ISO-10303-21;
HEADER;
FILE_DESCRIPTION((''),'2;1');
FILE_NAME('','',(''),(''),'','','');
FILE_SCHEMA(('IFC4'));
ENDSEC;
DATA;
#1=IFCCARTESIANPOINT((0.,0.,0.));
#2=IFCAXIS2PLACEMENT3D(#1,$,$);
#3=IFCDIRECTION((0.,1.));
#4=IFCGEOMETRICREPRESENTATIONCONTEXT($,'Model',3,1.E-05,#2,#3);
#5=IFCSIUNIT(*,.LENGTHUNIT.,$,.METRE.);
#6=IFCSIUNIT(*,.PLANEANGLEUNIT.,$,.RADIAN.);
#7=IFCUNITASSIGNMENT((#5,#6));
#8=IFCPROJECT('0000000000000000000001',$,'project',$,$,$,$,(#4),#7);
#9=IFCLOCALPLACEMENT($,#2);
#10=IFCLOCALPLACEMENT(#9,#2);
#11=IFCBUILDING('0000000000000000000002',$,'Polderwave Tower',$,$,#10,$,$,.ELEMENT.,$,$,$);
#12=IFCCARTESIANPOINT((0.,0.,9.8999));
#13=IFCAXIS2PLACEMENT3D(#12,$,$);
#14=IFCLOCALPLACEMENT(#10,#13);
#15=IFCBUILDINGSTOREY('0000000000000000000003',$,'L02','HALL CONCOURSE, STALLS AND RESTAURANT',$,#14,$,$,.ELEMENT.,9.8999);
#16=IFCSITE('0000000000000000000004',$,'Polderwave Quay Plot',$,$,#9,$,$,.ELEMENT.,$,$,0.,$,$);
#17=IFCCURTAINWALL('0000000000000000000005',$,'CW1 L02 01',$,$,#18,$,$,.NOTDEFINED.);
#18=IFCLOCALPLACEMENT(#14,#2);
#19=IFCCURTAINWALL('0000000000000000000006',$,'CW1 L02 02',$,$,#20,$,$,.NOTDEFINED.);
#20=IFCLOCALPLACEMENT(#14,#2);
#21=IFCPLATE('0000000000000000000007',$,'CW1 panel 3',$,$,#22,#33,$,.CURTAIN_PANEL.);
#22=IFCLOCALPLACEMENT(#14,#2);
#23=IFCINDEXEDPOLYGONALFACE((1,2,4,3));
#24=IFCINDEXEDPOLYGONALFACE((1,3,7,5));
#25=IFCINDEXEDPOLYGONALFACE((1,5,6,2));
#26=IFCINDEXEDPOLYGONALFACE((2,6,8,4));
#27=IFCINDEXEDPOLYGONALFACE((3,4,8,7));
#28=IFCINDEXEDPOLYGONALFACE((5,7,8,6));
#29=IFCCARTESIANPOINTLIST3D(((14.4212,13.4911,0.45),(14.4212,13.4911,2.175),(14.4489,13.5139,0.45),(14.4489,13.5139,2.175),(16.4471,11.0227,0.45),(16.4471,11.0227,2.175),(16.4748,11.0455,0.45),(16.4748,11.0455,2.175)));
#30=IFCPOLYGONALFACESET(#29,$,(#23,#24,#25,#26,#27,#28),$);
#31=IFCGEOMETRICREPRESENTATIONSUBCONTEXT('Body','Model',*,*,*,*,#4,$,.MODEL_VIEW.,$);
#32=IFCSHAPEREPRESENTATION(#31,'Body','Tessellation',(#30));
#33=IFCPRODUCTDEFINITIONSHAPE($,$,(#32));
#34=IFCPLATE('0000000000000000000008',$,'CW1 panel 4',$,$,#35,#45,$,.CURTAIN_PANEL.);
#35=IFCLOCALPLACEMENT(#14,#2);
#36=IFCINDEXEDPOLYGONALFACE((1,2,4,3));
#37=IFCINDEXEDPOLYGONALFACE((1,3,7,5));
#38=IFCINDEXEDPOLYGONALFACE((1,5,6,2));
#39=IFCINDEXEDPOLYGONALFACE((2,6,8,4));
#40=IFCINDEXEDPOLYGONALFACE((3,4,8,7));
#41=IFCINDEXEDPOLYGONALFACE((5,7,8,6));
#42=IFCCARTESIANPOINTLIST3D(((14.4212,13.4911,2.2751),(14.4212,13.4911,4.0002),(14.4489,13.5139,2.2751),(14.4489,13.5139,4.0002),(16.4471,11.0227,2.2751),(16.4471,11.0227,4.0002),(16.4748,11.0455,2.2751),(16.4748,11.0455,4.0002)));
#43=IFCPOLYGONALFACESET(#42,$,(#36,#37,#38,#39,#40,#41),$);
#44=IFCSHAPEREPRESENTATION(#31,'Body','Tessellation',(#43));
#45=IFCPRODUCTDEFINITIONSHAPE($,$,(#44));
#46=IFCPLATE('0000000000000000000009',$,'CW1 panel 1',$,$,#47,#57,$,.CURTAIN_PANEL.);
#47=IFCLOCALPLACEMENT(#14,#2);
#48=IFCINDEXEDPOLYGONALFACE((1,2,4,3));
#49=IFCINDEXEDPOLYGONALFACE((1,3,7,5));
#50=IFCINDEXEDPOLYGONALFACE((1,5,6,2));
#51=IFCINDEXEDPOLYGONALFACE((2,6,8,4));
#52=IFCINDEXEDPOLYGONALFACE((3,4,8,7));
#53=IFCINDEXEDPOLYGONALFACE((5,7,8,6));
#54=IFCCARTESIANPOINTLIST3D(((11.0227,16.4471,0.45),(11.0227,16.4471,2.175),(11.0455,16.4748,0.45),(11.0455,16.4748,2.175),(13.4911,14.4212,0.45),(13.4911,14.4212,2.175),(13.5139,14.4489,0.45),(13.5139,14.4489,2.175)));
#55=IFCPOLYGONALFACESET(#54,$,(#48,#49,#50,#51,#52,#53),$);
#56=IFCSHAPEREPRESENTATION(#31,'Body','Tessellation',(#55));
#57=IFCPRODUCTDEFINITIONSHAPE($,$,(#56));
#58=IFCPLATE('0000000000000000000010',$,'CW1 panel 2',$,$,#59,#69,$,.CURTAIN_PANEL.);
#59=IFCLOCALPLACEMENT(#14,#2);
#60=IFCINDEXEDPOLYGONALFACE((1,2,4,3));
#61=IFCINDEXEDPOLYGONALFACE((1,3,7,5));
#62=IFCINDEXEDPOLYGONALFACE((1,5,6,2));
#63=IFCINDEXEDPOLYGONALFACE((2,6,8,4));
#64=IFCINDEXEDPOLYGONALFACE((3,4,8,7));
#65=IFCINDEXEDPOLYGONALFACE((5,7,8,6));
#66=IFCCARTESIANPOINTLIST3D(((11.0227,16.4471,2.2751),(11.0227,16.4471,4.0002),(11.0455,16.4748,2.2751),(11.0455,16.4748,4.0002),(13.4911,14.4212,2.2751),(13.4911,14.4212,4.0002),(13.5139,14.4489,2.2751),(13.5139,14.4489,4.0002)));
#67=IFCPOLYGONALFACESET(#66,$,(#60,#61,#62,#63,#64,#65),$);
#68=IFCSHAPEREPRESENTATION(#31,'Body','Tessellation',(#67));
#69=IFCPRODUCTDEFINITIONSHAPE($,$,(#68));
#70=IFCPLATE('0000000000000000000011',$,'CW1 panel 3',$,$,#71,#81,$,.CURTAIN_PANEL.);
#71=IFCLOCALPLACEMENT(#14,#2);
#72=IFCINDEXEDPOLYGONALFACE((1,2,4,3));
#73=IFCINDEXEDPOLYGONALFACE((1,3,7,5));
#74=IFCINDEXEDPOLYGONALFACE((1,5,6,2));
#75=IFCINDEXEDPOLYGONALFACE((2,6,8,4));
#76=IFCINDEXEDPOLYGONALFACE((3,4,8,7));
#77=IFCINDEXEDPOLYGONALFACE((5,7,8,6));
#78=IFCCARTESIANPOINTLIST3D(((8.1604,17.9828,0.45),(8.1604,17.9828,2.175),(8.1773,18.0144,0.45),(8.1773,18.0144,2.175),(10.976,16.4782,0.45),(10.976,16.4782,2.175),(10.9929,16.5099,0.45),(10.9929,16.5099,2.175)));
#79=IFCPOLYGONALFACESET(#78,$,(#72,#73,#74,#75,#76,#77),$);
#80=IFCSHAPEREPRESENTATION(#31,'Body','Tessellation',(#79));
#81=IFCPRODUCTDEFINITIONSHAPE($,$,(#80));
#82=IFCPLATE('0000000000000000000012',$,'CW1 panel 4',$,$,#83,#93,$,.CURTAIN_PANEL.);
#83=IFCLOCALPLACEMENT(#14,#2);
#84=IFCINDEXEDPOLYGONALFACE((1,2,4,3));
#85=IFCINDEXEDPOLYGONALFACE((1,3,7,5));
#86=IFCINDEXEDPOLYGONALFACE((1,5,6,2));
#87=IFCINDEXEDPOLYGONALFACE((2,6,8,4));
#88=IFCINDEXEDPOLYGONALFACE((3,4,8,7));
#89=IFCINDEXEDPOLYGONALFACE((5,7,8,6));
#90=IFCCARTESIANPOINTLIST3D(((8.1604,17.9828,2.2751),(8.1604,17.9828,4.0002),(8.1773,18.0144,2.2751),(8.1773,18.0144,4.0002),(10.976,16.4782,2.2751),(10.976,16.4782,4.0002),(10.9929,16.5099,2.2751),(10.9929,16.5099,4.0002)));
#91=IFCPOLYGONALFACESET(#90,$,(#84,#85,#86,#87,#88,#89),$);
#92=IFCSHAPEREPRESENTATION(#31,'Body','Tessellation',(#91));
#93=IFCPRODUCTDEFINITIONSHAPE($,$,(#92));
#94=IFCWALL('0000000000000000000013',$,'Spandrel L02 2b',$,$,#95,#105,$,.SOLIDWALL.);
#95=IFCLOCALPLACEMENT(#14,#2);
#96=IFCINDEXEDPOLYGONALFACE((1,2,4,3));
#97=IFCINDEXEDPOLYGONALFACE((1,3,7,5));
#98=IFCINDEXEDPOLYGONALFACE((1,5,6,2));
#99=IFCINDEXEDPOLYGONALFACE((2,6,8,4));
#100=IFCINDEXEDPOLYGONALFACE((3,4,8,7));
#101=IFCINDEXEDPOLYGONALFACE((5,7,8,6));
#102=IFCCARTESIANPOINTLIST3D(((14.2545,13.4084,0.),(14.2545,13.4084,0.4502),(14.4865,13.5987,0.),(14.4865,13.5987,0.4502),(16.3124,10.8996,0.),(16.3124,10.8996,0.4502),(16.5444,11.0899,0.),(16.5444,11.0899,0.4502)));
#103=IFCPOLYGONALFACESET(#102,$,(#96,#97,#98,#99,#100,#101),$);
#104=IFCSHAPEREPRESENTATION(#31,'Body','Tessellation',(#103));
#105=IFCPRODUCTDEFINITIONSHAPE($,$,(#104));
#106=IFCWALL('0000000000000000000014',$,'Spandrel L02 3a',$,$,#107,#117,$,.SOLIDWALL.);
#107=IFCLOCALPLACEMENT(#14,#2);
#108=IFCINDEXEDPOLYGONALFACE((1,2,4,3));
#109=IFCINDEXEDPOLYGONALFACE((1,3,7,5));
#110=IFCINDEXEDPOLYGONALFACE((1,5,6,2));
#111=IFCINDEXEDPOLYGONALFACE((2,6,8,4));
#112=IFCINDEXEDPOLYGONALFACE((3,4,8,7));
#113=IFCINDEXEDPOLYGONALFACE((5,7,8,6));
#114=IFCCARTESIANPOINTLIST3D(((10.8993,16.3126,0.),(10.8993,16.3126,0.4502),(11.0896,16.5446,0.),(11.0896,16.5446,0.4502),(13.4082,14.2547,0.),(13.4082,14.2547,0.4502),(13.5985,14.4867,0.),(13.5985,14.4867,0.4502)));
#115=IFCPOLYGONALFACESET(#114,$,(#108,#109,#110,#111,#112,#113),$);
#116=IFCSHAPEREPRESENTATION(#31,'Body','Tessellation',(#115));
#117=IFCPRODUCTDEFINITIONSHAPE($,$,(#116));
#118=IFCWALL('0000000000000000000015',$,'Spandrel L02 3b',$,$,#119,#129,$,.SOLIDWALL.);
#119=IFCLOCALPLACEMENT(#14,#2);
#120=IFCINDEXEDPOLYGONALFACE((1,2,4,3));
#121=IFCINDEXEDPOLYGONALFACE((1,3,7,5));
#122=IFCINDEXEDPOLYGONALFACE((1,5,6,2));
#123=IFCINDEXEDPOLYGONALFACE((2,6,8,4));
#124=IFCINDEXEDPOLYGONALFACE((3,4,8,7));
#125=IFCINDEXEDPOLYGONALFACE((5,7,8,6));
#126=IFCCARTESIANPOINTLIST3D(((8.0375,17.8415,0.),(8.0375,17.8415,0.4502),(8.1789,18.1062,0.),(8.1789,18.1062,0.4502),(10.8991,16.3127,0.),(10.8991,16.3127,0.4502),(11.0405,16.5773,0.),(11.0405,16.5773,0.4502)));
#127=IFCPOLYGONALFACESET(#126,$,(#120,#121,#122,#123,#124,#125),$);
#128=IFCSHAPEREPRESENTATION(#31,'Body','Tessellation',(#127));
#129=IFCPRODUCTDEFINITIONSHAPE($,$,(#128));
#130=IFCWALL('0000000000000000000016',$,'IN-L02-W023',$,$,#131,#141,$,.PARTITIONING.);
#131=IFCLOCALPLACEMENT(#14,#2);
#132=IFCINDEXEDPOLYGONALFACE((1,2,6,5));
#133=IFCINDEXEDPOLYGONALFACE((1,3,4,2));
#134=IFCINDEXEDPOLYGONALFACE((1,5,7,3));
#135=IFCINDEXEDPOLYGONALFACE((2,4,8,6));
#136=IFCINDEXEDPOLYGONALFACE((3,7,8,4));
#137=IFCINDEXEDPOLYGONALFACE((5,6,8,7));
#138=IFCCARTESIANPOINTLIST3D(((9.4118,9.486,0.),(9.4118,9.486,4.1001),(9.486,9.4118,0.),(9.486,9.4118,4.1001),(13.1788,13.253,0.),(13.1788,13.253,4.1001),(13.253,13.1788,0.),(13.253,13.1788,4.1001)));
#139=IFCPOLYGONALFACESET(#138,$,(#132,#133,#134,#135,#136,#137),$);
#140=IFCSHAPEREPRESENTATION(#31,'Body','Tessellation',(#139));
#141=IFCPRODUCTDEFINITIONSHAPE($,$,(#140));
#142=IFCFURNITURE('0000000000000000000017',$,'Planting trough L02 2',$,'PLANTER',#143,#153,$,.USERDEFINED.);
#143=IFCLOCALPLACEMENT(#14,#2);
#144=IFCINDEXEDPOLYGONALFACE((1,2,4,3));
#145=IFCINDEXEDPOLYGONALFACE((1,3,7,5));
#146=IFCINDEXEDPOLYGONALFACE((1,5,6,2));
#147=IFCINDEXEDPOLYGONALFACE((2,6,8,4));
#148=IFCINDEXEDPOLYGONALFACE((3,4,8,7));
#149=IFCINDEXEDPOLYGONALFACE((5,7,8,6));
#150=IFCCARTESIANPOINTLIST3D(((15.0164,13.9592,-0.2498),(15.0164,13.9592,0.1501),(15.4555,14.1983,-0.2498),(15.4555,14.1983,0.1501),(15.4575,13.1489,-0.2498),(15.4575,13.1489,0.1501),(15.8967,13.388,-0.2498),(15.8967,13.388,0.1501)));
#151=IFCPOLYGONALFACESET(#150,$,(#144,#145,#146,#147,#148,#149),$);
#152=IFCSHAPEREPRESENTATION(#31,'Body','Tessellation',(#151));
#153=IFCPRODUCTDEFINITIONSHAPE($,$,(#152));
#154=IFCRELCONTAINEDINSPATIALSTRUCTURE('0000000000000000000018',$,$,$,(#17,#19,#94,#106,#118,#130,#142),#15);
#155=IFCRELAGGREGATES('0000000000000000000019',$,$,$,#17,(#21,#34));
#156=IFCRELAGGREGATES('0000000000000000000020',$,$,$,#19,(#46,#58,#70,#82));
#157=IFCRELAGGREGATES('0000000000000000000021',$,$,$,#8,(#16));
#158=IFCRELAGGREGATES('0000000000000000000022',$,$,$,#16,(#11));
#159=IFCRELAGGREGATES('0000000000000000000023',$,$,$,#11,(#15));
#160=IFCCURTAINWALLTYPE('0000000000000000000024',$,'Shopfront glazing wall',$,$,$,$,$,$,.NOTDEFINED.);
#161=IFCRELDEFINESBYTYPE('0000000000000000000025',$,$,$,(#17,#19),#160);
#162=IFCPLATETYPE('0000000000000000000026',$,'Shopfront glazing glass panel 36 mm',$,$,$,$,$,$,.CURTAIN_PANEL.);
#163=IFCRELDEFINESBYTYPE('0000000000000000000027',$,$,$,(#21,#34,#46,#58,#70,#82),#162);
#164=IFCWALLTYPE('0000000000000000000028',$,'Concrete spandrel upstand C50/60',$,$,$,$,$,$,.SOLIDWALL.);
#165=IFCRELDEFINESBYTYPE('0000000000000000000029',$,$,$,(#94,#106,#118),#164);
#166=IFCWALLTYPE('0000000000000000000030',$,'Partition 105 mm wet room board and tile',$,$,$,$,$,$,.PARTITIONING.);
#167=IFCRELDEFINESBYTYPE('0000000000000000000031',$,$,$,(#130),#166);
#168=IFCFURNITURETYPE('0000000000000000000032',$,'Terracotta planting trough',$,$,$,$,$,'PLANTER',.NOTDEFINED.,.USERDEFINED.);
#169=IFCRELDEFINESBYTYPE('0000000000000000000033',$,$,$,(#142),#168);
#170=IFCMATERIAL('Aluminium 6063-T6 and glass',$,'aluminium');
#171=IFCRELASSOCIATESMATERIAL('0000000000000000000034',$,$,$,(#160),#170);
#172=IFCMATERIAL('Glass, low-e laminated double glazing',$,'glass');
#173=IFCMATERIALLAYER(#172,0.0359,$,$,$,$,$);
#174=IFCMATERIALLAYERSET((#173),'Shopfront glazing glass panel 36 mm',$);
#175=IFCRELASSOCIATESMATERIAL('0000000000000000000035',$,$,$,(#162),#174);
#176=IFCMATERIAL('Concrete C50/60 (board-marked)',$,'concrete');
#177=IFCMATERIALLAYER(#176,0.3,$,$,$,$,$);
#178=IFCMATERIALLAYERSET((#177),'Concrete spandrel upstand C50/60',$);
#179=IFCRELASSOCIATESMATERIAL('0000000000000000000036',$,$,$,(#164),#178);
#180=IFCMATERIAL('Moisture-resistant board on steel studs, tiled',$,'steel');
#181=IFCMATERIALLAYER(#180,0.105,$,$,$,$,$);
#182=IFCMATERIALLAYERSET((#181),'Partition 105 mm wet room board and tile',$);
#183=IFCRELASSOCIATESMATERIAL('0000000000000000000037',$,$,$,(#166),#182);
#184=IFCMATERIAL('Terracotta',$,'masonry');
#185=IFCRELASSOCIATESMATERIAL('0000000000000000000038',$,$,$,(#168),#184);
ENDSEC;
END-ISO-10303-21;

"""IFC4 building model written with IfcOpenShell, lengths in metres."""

from ifc_helpers import new_model, si_unit, direction, frame, frame_2d, origin, origin_2d, place, context, subcontext, project, spatial, rectangle, extrude, material, layer, layer_set, type_object, element, aggregate, save


model = new_model("IFC4")

# Units and contexts
model_context = context("Model", 3, precision=1e-05, world=origin(), true_north=direction((0.0, 1.0)))
body_context = subcontext(model_context, "Body", "Model", "MODEL_VIEW")
ifc_project = project(units=[si_unit("LENGTHUNIT", "METRE"), si_unit("PLANEANGLEUNIT", "RADIAN")], contexts=[model_context])

# Site, building, storey
site_placement = place(None, origin())
site = spatial("IfcSite", under=ifc_project, at=site_placement, Name="Polderwave Quay Plot", CompositionType="ELEMENT", RefElevation=0.0)
building_placement = place(site_placement, origin())
building = spatial("IfcBuilding", under=site, at=building_placement, Name="Polderwave Tower", CompositionType="ELEMENT")
storey_placement = place(building_placement, frame((0.0, 0.0, 9.8999)))
storey = spatial("IfcBuildingStorey", under=building, at=storey_placement, Name="L02", Description="HALL CONCOURSE, STALLS AND RESTAURANT", CompositionType="ELEMENT", Elevation=9.8999)

# Curtain walls
ifc_material_1 = material(Name="Aluminium 6063-T6 and glass", Category="aluminium")
curtain_wall_type = type_object("IfcCurtainWallType", Name="Shopfront glazing wall", PredefinedType="NOTDEFINED", material=ifc_material_1)
curtain_wall_1_placement = place(storey_placement, origin())
curtain_wall_1 = element("IfcCurtainWall", 1, at=curtain_wall_1_placement, inside=storey, type_object=curtain_wall_type, Name="CW1 L02 01", PredefinedType="NOTDEFINED")
curtain_wall_2_placement = place(storey_placement, origin())
curtain_wall_2 = element("IfcCurtainWall", 2, at=curtain_wall_2_placement, inside=storey, type_object=curtain_wall_type, Name="CW1 L02 02", PredefinedType="NOTDEFINED")

# Plates
ifc_material_2 = material(Name="Glass, low-e laminated double glazing", Category="glass")
ifc_layer_1 = layer(ifc_material_2, 0.0359)
ifc_layer_set_1 = layer_set([ifc_layer_1], Name="Shopfront glazing glass panel 36 mm")
plate_type = type_object("IfcPlateType", Name="Shopfront glazing glass panel 36 mm", PredefinedType="CURTAIN_PANEL", material=ifc_layer_set_1)
plate_1_placement = place(storey_placement, frame((15.448, 12.2683, 0.45), z_axis=(0.0, 0.0, 1.0), x_axis=(-0.634415, 0.772993, 0.0)))
plate_1 = element("IfcPlate", 3, at=plate_1_placement, type_object=plate_type, Name="CW1 panel 3", PredefinedType="CURTAIN_PANEL", context=body_context, shape_type="SweptSolid", body=[
    extrude(rectangle(XDim=3.1934, YDim=0.0359, at=origin_2d()), origin(), (0.0, 0.0, 1.0), 1.7251),
])
plate_2_placement = place(storey_placement, frame((15.448, 12.2683, 2.2751), z_axis=(0.0, 0.0, 1.0), x_axis=(-0.634415, 0.772993, 0.0)))
plate_2 = element("IfcPlate", 4, at=plate_2_placement, type_object=plate_type, Name="CW1 panel 4", PredefinedType="CURTAIN_PANEL", context=body_context, shape_type="SweptSolid", body=[
    extrude(rectangle(XDim=3.1934, YDim=0.0359, at=origin_2d()), origin(), (0.0, 0.0, 1.0), 1.7251),
])
aggregate(curtain_wall_1, [plate_1, plate_2])
plate_3_placement = place(storey_placement, frame((12.2683, 15.448, 0.45), z_axis=(0.0, 0.0, 1.0), x_axis=(-0.772993, 0.634415, 0.0)))
plate_3 = element("IfcPlate", 5, at=plate_3_placement, type_object=plate_type, Name="CW1 panel 1", PredefinedType="CURTAIN_PANEL", context=body_context, shape_type="SweptSolid", body=[
    extrude(rectangle(XDim=3.1934, YDim=0.0359, at=origin_2d()), origin(), (0.0, 0.0, 1.0), 1.7251),
])
plate_4_placement = place(storey_placement, frame((12.2683, 15.448, 2.2751), z_axis=(0.0, 0.0, 1.0), x_axis=(-0.772993, 0.634415, 0.0)))
plate_4 = element("IfcPlate", 6, at=plate_4_placement, type_object=plate_type, Name="CW1 panel 2", PredefinedType="CURTAIN_PANEL", context=body_context, shape_type="SweptSolid", body=[
    extrude(rectangle(XDim=3.1934, YDim=0.0359, at=origin_2d()), origin(), (0.0, 0.0, 1.0), 1.7251),
])
plate_5_placement = place(storey_placement, frame((9.5767, 17.2463, 0.45), z_axis=(0.0, 0.0, 1.0), x_axis=(-0.881973, 0.4713, 0.0)))
plate_5 = element("IfcPlate", 7, at=plate_5_placement, type_object=plate_type, Name="CW1 panel 3", PredefinedType="CURTAIN_PANEL", context=body_context, shape_type="SweptSolid", body=[
    extrude(rectangle(XDim=3.1924, YDim=0.0359, at=origin_2d()), origin(), (0.0, 0.0, 1.0), 1.7251),
])
plate_6_placement = place(storey_placement, frame((9.5767, 17.2463, 2.2751), z_axis=(0.0, 0.0, 1.0), x_axis=(-0.881973, 0.4713, 0.0)))
plate_6 = element("IfcPlate", 8, at=plate_6_placement, type_object=plate_type, Name="CW1 panel 4", PredefinedType="CURTAIN_PANEL", context=body_context, shape_type="SweptSolid", body=[
    extrude(rectangle(XDim=3.1924, YDim=0.0359, at=origin_2d()), origin(), (0.0, 0.0, 1.0), 1.7251),
])
aggregate(curtain_wall_2, [plate_3, plate_4, plate_5, plate_6])

# Walls
ifc_material_3 = material(Name="Concrete C50/60 (board-marked)", Category="concrete")
ifc_layer_2 = layer(ifc_material_3, 0.3)
ifc_layer_set_2 = layer_set([ifc_layer_2], Name="Concrete spandrel upstand C50/60")
wall_type_1 = type_object("IfcWallType", Name="Concrete spandrel upstand C50/60", PredefinedType="SOLIDWALL", material=ifc_layer_set_2)
for number, where, z_axis, x_axis, name in (
    (9, (16.4285, 10.9946, 0.0), (0.0, 0.0, 1.0), (-0.6342, 0.773169, 0.0), "Spandrel L02 2b"),
    (10, (13.5034, 14.3706, 0.0), (0.0, 0.0, 1.0), (-0.773169, 0.6342, 0.0), "Spandrel L02 3a"),
):
    element("IfcWall", number, at=place(storey_placement, frame(where, z_axis=z_axis, x_axis=x_axis)), inside=storey, type_object=wall_type_1, Name=name, PredefinedType="SOLIDWALL", context=body_context, shape_type="SweptSolid", body=[
        extrude(rectangle(XDim=3.2449, YDim=0.3, at=frame_2d((1.6226, 0.0))), origin(), (0.0, 0.0, 1.0), 0.4502),
    ])
wall_1_placement = place(storey_placement, frame((10.9697, 16.4451, 0.0), z_axis=(0.0, 0.0, 1.0), x_axis=(-0.882015, 0.471221, 0.0)))
element("IfcWall", 11, at=wall_1_placement, inside=storey, type_object=wall_type_1, Name="Spandrel L02 3b", PredefinedType="SOLIDWALL", context=body_context, shape_type="SweptSolid", body=[
    extrude(rectangle(XDim=3.2444, YDim=0.3, at=frame_2d((1.6221, 0.0))), origin(), (0.0, 0.0, 1.0), 0.4502),
])
ifc_material_4 = material(Name="Moisture-resistant board on steel studs, tiled", Category="steel")
ifc_layer_3 = layer(ifc_material_4, 0.105)
ifc_layer_set_3 = layer_set([ifc_layer_3], Name="Partition 105 mm wet room board and tile")
wall_type_2 = type_object("IfcWallType", Name="Partition 105 mm wet room board and tile", PredefinedType="PARTITIONING", material=ifc_layer_set_3)
wall_2_placement = place(storey_placement, frame((13.2158, 13.2158, 0.0), z_axis=(0.0, 0.0, 1.0), x_axis=(-0.707107, -0.707107, 0.0)))
element("IfcWall", 12, at=wall_2_placement, inside=storey, type_object=wall_type_2, Name="IN-L02-W023", PredefinedType="PARTITIONING", context=body_context, shape_type="SweptSolid", body=[
    extrude(rectangle(XDim=5.3274, YDim=0.105, at=frame_2d((2.6636, 0.0))), origin(), (0.0, 0.0, 1.0), 4.1001),
])

# Furniture
ifc_material_5 = material(Name="Terracotta", Category="masonry")
furniture_type = type_object("IfcFurnitureType", Name="Terracotta planting trough", ElementType="PLANTER", AssemblyPlace="NOTDEFINED", PredefinedType="USERDEFINED", material=ifc_material_5)
furniture_placement = place(storey_placement, frame((15.4565, 13.6736, -0.2498), z_axis=(0.0, 0.0, 1.0), x_axis=(-0.478149, 0.878279, 0.0)))
element("IfcFurniture", 13, at=furniture_placement, inside=storey, type_object=furniture_type, Name="Planting trough L02 2", ObjectType="PLANTER", PredefinedType="USERDEFINED", context=body_context, shape_type="SweptSolid", body=[
    extrude(rectangle(XDim=0.9226, YDim=0.5, at=origin_2d()), origin(), (0.0, 0.0, 1.0), 0.3999),
])

save(model, "model.ifc")
